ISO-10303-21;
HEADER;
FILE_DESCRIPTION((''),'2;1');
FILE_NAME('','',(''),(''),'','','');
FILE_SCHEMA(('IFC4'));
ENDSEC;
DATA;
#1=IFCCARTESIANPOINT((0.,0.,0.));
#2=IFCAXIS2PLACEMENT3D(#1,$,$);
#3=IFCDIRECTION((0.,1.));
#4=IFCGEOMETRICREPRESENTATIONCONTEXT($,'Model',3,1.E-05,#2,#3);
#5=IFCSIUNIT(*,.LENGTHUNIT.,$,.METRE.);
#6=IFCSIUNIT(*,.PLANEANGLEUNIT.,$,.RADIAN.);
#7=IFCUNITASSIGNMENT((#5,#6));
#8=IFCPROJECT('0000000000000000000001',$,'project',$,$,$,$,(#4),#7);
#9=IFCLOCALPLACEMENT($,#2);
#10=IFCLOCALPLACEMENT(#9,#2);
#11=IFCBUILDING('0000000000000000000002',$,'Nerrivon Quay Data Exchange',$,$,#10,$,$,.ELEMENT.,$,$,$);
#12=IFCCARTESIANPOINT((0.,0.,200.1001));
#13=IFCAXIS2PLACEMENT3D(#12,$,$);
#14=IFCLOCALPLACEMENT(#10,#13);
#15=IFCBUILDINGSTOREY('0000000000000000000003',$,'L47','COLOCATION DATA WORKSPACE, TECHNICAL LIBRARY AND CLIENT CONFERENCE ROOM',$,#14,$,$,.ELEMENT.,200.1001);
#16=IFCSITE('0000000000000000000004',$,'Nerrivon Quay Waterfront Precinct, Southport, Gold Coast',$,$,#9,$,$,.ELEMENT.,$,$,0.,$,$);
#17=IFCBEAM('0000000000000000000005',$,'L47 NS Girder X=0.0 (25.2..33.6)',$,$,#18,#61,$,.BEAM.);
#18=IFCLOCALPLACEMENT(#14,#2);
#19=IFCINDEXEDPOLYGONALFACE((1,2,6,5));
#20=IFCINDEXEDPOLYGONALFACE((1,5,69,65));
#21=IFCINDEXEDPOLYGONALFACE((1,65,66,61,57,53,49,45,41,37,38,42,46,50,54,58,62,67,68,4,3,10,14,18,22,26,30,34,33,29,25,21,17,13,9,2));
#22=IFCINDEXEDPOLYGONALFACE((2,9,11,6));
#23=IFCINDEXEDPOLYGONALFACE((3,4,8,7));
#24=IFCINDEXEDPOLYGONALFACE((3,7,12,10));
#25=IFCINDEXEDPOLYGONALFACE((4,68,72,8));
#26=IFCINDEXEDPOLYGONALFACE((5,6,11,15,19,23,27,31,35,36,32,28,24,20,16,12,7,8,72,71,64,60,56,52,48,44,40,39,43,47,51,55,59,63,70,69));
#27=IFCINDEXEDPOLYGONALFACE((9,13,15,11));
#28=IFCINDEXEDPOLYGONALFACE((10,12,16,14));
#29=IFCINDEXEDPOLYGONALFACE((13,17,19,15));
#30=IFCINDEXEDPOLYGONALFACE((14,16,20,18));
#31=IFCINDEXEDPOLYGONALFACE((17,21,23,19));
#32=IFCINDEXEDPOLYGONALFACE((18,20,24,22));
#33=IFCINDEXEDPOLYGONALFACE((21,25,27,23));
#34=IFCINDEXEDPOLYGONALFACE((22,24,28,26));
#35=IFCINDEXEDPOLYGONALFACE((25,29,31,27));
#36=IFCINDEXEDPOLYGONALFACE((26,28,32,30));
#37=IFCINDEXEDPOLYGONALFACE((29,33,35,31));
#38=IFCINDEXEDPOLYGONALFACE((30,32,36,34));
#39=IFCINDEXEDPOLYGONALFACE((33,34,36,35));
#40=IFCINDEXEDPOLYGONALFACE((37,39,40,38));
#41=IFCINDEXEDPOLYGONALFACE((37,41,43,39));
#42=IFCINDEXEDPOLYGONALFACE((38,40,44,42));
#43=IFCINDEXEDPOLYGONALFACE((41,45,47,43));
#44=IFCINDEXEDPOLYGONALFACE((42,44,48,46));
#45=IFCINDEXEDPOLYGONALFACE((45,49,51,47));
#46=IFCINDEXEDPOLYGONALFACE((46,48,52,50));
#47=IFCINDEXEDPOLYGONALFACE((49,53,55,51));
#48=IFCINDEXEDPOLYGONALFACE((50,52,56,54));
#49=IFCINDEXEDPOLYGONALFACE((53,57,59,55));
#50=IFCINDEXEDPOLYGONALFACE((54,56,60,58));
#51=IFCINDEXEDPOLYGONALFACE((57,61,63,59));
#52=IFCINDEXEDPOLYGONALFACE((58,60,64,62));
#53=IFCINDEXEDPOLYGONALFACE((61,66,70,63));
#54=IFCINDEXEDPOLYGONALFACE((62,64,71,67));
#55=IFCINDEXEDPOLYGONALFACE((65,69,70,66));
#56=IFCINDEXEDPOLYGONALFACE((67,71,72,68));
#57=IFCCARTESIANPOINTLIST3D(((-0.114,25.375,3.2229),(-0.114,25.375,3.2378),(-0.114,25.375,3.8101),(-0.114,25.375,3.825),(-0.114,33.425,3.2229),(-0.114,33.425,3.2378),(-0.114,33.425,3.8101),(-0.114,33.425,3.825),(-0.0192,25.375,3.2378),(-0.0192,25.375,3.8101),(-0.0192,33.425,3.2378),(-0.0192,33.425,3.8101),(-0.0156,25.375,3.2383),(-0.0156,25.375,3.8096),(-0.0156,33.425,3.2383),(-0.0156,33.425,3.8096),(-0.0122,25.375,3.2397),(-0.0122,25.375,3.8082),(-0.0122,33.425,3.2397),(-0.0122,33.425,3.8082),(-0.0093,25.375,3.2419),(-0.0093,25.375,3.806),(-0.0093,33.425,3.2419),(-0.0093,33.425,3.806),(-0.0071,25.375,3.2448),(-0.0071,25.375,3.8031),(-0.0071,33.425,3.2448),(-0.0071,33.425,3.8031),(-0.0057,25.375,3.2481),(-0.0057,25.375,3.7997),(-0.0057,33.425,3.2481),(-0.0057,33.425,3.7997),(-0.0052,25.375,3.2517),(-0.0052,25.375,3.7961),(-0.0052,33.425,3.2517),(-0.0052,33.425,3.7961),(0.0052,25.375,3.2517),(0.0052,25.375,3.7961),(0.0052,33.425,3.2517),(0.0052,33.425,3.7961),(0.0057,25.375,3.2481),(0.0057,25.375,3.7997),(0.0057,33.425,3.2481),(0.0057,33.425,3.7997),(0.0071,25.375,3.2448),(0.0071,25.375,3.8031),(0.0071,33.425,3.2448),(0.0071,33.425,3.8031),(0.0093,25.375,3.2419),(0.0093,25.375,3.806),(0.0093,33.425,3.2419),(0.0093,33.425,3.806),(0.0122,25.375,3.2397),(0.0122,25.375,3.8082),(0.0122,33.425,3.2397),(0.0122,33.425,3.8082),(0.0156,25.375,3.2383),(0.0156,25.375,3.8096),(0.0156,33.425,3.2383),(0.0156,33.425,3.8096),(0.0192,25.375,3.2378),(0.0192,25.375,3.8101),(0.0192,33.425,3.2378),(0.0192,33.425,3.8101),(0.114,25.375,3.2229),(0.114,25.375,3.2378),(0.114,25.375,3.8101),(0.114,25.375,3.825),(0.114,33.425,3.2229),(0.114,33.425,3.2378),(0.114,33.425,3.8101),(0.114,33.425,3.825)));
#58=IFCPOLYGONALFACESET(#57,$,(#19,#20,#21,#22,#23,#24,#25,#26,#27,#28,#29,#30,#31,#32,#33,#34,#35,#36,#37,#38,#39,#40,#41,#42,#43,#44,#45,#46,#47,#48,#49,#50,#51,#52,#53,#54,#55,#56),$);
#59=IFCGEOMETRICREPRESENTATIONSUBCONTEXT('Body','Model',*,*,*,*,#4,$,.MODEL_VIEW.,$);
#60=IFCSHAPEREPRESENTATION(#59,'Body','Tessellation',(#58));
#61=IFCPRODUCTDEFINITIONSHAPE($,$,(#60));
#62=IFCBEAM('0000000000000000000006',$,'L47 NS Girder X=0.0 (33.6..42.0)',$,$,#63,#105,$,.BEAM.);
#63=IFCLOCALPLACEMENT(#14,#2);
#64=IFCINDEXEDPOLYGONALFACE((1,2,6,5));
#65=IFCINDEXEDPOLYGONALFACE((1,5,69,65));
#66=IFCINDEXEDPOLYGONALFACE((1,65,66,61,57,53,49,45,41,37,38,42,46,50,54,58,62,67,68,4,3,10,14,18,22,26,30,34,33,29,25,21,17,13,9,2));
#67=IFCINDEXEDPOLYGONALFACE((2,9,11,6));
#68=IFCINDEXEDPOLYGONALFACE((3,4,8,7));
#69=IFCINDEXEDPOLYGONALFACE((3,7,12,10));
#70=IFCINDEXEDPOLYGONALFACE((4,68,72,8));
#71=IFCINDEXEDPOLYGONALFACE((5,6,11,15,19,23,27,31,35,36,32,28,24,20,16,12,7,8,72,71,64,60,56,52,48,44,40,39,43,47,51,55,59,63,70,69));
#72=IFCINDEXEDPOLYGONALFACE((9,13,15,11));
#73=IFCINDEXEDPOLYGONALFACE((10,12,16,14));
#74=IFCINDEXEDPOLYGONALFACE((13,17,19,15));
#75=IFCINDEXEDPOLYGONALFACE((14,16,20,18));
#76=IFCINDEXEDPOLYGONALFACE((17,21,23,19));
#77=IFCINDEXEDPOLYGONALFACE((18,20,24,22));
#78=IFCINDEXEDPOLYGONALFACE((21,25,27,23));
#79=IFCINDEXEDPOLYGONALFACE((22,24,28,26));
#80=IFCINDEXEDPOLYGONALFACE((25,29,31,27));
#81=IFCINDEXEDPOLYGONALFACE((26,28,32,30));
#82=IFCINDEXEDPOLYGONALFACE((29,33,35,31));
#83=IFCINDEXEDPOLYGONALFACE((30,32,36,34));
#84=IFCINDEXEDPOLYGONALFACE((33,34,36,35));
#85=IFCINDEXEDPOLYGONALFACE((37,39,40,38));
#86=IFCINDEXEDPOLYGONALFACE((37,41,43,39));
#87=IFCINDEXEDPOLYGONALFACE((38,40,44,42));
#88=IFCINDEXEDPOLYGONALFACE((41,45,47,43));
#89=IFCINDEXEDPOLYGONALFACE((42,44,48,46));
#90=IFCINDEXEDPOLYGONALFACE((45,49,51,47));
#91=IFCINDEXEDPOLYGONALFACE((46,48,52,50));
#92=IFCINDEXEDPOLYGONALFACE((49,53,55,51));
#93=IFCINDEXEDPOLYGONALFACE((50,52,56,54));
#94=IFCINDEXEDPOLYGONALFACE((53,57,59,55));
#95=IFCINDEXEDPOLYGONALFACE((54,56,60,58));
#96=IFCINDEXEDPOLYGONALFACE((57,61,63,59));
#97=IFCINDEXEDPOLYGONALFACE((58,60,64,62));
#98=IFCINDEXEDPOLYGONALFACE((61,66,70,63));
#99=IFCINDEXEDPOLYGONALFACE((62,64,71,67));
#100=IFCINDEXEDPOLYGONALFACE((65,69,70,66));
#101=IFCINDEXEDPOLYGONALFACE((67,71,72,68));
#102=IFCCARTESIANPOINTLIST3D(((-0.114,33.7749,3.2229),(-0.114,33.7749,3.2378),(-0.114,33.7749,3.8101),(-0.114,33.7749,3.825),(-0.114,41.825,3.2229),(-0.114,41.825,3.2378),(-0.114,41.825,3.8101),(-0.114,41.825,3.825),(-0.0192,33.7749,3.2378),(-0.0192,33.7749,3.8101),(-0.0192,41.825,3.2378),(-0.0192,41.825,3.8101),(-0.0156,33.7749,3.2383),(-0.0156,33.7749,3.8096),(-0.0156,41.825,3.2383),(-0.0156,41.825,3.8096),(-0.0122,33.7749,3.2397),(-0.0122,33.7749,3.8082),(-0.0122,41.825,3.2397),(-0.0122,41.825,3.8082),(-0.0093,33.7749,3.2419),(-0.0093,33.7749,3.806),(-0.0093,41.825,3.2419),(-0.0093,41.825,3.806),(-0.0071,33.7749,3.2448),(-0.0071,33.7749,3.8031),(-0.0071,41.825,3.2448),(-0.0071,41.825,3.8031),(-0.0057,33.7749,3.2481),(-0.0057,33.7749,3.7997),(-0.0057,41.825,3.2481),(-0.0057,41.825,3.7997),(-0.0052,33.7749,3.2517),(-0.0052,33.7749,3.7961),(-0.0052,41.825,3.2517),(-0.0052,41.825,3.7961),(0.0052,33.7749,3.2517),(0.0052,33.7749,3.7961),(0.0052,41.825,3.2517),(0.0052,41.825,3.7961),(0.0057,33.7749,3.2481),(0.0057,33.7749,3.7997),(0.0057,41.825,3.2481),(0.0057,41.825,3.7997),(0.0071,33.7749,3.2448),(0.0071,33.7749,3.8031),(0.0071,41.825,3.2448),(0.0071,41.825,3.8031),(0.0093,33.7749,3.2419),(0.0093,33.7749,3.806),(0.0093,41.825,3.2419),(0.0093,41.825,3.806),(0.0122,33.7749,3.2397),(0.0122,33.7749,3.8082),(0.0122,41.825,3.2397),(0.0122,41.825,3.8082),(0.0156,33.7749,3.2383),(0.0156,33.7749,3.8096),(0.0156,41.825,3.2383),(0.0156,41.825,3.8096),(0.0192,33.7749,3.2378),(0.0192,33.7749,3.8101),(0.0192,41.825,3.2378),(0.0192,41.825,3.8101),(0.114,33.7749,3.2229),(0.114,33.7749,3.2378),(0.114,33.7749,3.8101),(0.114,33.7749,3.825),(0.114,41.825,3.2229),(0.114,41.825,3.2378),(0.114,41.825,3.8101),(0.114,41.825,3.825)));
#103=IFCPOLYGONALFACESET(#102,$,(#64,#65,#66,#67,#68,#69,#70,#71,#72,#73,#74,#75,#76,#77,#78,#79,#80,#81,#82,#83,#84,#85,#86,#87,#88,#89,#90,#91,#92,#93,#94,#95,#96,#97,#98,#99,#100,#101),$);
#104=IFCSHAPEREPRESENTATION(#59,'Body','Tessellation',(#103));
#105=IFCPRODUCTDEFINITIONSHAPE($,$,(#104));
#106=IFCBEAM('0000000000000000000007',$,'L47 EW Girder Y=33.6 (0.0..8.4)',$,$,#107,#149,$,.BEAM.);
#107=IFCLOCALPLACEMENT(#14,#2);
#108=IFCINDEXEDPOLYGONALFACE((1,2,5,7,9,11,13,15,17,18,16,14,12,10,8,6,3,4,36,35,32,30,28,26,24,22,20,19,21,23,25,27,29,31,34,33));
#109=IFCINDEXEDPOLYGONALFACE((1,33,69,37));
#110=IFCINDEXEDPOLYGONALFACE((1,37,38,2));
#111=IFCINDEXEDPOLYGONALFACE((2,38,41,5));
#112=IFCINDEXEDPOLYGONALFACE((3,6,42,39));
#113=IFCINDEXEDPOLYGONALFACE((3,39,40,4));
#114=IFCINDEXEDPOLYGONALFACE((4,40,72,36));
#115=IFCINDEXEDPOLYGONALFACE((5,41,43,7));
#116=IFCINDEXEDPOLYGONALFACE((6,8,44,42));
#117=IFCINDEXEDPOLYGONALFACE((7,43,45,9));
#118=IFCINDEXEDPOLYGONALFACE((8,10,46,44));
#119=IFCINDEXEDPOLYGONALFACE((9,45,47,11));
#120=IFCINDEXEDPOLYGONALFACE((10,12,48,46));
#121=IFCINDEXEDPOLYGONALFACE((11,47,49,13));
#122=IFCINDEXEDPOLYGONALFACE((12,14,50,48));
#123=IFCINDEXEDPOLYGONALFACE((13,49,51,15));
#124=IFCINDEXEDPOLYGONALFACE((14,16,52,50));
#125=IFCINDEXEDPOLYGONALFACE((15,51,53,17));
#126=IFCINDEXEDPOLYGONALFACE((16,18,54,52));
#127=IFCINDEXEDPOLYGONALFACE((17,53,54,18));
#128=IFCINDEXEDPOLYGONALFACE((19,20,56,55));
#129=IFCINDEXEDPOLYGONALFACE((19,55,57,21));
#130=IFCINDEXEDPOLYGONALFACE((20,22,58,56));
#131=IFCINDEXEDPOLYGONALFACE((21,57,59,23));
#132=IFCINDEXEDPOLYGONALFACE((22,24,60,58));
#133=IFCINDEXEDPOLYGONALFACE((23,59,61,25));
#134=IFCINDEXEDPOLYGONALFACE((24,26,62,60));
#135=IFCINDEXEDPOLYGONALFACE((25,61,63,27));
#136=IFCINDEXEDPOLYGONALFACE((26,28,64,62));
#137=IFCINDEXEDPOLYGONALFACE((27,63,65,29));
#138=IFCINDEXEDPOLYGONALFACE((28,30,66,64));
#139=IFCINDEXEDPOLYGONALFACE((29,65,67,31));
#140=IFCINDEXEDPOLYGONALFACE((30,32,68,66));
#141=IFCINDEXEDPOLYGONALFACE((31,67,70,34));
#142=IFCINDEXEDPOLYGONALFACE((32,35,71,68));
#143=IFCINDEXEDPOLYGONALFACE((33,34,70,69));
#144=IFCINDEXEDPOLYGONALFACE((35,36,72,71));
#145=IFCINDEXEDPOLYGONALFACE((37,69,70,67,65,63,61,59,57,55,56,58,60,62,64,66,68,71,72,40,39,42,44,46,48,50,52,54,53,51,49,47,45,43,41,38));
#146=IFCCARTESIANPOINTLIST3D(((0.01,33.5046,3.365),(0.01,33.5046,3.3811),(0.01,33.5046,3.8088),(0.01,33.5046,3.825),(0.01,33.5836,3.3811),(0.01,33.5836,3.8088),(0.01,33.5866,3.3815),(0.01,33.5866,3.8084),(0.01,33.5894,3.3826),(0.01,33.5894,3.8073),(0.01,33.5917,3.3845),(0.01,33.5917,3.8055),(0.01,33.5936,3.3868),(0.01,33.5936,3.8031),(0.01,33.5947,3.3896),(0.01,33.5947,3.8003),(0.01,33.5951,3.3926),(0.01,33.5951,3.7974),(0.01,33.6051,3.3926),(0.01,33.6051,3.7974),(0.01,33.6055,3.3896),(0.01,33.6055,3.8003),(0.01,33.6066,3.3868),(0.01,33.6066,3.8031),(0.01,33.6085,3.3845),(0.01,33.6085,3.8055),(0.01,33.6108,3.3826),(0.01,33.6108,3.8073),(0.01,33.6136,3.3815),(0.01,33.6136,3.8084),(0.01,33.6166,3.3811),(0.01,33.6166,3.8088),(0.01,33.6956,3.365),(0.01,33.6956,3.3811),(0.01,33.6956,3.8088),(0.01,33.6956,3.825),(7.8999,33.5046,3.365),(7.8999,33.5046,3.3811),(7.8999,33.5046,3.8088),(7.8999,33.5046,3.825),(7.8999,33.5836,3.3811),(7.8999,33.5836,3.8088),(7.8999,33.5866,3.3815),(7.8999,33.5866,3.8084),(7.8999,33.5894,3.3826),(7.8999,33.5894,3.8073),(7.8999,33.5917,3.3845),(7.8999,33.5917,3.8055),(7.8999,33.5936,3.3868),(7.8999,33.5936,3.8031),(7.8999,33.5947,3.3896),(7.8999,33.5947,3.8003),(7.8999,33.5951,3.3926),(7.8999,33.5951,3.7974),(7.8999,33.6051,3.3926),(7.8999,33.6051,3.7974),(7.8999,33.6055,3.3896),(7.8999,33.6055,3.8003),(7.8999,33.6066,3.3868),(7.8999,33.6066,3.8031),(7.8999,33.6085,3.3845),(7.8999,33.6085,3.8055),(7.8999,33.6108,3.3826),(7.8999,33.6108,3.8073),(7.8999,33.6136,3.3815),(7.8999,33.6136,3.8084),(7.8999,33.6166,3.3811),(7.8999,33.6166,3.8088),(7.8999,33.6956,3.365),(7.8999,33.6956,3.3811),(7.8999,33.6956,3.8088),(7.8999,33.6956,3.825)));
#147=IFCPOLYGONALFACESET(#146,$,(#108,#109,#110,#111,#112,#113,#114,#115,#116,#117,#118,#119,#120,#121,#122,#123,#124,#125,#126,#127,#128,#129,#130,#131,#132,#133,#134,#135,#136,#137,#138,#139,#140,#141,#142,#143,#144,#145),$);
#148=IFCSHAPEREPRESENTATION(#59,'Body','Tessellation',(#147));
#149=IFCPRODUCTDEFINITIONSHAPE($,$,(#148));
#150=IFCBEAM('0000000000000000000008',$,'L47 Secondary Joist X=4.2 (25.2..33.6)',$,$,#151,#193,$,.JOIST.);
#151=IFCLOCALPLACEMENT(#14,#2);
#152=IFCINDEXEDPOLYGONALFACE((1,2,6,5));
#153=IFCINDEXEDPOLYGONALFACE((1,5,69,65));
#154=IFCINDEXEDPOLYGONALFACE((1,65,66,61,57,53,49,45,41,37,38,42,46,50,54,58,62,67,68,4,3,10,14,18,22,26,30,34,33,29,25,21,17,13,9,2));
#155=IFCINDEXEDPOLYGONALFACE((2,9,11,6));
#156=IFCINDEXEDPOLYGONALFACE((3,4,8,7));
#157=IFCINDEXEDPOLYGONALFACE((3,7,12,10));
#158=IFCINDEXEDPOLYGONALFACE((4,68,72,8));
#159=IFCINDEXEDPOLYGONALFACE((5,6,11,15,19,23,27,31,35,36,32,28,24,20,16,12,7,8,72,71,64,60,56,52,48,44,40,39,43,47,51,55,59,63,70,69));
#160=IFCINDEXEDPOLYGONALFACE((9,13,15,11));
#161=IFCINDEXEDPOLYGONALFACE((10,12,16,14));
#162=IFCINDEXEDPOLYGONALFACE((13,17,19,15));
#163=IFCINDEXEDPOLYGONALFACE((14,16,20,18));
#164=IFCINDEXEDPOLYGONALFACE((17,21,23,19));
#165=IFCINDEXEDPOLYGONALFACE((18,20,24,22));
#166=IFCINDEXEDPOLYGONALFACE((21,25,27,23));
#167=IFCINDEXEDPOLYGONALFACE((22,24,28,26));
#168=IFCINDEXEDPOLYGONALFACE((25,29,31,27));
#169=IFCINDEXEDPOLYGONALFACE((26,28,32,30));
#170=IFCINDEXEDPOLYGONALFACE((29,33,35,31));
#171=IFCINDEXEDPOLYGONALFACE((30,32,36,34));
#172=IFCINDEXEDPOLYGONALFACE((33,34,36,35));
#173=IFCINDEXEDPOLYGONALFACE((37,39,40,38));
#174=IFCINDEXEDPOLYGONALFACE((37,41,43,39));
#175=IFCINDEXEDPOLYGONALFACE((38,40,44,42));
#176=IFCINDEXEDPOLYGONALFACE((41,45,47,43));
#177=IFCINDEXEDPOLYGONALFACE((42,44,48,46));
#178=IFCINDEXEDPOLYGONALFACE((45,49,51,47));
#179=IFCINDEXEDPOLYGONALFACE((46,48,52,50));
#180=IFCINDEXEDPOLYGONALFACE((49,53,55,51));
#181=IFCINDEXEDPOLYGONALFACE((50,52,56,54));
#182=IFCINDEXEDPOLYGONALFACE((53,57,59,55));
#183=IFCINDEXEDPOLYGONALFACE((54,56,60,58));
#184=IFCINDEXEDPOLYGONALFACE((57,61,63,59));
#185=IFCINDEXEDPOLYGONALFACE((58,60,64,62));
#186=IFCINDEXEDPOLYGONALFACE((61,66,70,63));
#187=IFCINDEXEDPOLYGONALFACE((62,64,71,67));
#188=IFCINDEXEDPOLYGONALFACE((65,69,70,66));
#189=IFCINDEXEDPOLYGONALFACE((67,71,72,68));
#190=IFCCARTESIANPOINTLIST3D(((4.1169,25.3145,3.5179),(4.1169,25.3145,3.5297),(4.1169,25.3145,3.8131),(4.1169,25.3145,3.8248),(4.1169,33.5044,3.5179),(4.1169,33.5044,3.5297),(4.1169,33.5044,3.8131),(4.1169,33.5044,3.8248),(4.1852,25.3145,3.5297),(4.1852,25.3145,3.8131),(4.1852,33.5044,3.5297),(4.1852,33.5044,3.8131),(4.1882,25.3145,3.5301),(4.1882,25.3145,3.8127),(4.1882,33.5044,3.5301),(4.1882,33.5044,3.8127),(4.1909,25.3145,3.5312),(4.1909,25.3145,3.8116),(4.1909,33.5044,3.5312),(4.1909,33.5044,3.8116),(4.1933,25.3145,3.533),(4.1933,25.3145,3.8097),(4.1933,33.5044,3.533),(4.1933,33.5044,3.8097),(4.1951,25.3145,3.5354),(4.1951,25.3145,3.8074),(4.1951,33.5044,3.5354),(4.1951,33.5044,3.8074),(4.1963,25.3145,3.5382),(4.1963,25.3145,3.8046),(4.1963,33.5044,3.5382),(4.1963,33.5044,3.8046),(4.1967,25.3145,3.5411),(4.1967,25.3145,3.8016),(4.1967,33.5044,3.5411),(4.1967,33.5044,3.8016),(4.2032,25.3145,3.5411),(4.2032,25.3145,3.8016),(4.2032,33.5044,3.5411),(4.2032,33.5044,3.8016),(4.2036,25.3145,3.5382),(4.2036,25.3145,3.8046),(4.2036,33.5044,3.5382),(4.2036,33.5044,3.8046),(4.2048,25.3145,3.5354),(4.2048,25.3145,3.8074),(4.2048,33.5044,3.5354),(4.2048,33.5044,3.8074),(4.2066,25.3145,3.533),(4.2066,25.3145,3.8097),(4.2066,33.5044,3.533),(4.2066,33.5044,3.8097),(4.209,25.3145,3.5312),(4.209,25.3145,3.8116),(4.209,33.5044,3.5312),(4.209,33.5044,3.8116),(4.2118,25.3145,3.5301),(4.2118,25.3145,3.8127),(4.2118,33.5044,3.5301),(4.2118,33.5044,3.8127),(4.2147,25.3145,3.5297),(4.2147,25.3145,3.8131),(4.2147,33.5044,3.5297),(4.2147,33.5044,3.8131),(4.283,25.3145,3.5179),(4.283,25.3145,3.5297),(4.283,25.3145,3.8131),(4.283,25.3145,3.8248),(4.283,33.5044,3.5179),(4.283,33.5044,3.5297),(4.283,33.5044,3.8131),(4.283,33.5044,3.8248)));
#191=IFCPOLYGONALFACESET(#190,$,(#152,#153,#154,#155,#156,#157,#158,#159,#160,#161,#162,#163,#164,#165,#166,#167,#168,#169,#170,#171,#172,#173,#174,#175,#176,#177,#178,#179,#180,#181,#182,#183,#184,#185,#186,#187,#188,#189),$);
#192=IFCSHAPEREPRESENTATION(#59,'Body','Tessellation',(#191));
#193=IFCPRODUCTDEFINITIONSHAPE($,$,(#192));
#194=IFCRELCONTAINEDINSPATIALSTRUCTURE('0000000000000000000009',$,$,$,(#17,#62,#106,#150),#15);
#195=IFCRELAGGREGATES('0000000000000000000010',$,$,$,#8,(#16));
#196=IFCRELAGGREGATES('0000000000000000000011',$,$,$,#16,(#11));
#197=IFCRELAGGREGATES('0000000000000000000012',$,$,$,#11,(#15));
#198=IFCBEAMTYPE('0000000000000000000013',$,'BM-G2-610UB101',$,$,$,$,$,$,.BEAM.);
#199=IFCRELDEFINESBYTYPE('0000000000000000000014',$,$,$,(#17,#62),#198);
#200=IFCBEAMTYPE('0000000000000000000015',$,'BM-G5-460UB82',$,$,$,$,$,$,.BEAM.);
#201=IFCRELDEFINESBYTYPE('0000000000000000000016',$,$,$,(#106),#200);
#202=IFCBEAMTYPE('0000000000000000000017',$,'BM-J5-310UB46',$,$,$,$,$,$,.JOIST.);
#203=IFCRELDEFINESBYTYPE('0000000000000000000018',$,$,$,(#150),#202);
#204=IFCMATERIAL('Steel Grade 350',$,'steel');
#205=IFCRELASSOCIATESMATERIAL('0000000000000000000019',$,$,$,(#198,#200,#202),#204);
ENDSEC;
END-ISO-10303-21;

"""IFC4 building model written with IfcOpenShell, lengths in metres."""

from ifc_helpers import new_model, si_unit, direction, frame, origin, origin_2d, place, context, subcontext, project, spatial, i_section, extrude, material, material_profile, profile_set, type_object, element, save


model = new_model("IFC4")

# Units and contexts
model_context = context("Model", 3, precision=1e-05, world=origin(), true_north=direction((0.0, 1.0)))
body_context = subcontext(model_context, "Body", "Model", "MODEL_VIEW")
ifc_project = project(units=[si_unit("LENGTHUNIT", "METRE"), si_unit("PLANEANGLEUNIT", "RADIAN")], contexts=[model_context])

# Site, building, storey
site_placement = place(None, origin())
site = spatial("IfcSite", under=ifc_project, at=site_placement, Name="Nerrivon Quay Waterfront Precinct, Southport, Gold Coast", CompositionType="ELEMENT", RefElevation=0.0)
building_placement = place(site_placement, origin())
building = spatial("IfcBuilding", under=site, at=building_placement, Name="Nerrivon Quay Data Exchange", CompositionType="ELEMENT")
storey_placement = place(building_placement, frame((0.0, 0.0, 200.1001)))
storey = spatial("IfcBuildingStorey", under=building, at=storey_placement, Name="L47", Description="COLOCATION DATA WORKSPACE, TECHNICAL LIBRARY AND CLIENT CONFERENCE ROOM", CompositionType="ELEMENT", Elevation=200.1001)

# Shared definitions
ifc_material_1 = material(Name="Steel Grade 350", Category="steel")

# Beams
ifc_material_profile_1 = material_profile(ifc_material_1, i_section(OverallWidth=0.228, OverallDepth=0.6021, WebThickness=0.0105, FlangeThickness=0.0149, FilletRadius=0.0139, at=origin_2d()), Name="610UB101")
ifc_profile_set_1 = profile_set([ifc_material_profile_1], Name="Steel Grade 350")
beam_type_1 = type_object("IfcBeamType", Name="BM-G2-610UB101", PredefinedType="BEAM", material=ifc_profile_set_1)
for number, where, z_axis, x_axis, name in (
    (1, (0.0, 25.375, 3.5239), (0.0, 1.0, 0.0), (-1.0, 0.0, 0.0), "L47 NS Girder X=0.0 (25.2..33.6)"),
    (2, (0.0, 33.7749, 3.5239), (0.0, 1.0, 0.0), (-1.0, 0.0, 0.0), "L47 NS Girder X=0.0 (33.6..42.0)"),
):
    element("IfcBeam", number, at=place(storey_placement, frame(where, z_axis=z_axis, x_axis=x_axis)), inside=storey, type_object=beam_type_1, Name=name, PredefinedType="BEAM", context=body_context, shape_type="SweptSolid", body=[
        extrude(i_section(OverallWidth=0.228, OverallDepth=0.6021, WebThickness=0.0105, FlangeThickness=0.0149, FilletRadius=0.0139, at=origin_2d()), origin(), (0.0, 0.0, 1.0), 8.05),
    ])
ifc_material_profile_2 = material_profile(ifc_material_1, i_section(OverallWidth=0.1909, OverallDepth=0.46, WebThickness=0.01, FlangeThickness=0.0161, FilletRadius=0.0115, at=origin_2d()), Name="460UB82.1")
ifc_profile_set_2 = profile_set([ifc_material_profile_2], Name="Steel Grade 350")
beam_type_2 = type_object("IfcBeamType", Name="BM-G5-460UB82", PredefinedType="BEAM", material=ifc_profile_set_2)
beam_1_placement = place(storey_placement, frame((0.01, 33.6001, 3.595), z_axis=(1.0, 0.0, 0.0), x_axis=(0.0, 1.0, 0.0)))
element("IfcBeam", 3, at=beam_1_placement, inside=storey, type_object=beam_type_2, Name="L47 EW Girder Y=33.6 (0.0..8.4)", PredefinedType="BEAM", context=body_context, shape_type="SweptSolid", body=[
    extrude(i_section(OverallWidth=0.1909, OverallDepth=0.46, WebThickness=0.01, FlangeThickness=0.0161, FilletRadius=0.0115, at=origin_2d()), origin(), (0.0, 0.0, 1.0), 7.8899),
])
ifc_material_profile_3 = material_profile(ifc_material_1, i_section(OverallWidth=0.166, OverallDepth=0.3069, WebThickness=0.0066, FlangeThickness=0.0117, FilletRadius=0.0115, at=origin_2d()), Name="310UB46.2")
ifc_profile_set_3 = profile_set([ifc_material_profile_3], Name="Steel Grade 350")
beam_type_3 = type_object("IfcBeamType", Name="BM-J5-310UB46", PredefinedType="JOIST", material=ifc_profile_set_3)
beam_2_placement = place(storey_placement, frame((4.2, 25.3145, 3.6714), z_axis=(0.0, 1.0, 0.0), x_axis=(-1.0, 0.0, 0.0)))
element("IfcBeam", 4, at=beam_2_placement, inside=storey, type_object=beam_type_3, Name="L47 Secondary Joist X=4.2 (25.2..33.6)", PredefinedType="JOIST", context=body_context, shape_type="SweptSolid", body=[
    extrude(i_section(OverallWidth=0.166, OverallDepth=0.3069, WebThickness=0.0066, FlangeThickness=0.0117, FilletRadius=0.0115, at=origin_2d()), origin(), (0.0, 0.0, 1.0), 8.1899),
])

save(model, "model.ifc")
